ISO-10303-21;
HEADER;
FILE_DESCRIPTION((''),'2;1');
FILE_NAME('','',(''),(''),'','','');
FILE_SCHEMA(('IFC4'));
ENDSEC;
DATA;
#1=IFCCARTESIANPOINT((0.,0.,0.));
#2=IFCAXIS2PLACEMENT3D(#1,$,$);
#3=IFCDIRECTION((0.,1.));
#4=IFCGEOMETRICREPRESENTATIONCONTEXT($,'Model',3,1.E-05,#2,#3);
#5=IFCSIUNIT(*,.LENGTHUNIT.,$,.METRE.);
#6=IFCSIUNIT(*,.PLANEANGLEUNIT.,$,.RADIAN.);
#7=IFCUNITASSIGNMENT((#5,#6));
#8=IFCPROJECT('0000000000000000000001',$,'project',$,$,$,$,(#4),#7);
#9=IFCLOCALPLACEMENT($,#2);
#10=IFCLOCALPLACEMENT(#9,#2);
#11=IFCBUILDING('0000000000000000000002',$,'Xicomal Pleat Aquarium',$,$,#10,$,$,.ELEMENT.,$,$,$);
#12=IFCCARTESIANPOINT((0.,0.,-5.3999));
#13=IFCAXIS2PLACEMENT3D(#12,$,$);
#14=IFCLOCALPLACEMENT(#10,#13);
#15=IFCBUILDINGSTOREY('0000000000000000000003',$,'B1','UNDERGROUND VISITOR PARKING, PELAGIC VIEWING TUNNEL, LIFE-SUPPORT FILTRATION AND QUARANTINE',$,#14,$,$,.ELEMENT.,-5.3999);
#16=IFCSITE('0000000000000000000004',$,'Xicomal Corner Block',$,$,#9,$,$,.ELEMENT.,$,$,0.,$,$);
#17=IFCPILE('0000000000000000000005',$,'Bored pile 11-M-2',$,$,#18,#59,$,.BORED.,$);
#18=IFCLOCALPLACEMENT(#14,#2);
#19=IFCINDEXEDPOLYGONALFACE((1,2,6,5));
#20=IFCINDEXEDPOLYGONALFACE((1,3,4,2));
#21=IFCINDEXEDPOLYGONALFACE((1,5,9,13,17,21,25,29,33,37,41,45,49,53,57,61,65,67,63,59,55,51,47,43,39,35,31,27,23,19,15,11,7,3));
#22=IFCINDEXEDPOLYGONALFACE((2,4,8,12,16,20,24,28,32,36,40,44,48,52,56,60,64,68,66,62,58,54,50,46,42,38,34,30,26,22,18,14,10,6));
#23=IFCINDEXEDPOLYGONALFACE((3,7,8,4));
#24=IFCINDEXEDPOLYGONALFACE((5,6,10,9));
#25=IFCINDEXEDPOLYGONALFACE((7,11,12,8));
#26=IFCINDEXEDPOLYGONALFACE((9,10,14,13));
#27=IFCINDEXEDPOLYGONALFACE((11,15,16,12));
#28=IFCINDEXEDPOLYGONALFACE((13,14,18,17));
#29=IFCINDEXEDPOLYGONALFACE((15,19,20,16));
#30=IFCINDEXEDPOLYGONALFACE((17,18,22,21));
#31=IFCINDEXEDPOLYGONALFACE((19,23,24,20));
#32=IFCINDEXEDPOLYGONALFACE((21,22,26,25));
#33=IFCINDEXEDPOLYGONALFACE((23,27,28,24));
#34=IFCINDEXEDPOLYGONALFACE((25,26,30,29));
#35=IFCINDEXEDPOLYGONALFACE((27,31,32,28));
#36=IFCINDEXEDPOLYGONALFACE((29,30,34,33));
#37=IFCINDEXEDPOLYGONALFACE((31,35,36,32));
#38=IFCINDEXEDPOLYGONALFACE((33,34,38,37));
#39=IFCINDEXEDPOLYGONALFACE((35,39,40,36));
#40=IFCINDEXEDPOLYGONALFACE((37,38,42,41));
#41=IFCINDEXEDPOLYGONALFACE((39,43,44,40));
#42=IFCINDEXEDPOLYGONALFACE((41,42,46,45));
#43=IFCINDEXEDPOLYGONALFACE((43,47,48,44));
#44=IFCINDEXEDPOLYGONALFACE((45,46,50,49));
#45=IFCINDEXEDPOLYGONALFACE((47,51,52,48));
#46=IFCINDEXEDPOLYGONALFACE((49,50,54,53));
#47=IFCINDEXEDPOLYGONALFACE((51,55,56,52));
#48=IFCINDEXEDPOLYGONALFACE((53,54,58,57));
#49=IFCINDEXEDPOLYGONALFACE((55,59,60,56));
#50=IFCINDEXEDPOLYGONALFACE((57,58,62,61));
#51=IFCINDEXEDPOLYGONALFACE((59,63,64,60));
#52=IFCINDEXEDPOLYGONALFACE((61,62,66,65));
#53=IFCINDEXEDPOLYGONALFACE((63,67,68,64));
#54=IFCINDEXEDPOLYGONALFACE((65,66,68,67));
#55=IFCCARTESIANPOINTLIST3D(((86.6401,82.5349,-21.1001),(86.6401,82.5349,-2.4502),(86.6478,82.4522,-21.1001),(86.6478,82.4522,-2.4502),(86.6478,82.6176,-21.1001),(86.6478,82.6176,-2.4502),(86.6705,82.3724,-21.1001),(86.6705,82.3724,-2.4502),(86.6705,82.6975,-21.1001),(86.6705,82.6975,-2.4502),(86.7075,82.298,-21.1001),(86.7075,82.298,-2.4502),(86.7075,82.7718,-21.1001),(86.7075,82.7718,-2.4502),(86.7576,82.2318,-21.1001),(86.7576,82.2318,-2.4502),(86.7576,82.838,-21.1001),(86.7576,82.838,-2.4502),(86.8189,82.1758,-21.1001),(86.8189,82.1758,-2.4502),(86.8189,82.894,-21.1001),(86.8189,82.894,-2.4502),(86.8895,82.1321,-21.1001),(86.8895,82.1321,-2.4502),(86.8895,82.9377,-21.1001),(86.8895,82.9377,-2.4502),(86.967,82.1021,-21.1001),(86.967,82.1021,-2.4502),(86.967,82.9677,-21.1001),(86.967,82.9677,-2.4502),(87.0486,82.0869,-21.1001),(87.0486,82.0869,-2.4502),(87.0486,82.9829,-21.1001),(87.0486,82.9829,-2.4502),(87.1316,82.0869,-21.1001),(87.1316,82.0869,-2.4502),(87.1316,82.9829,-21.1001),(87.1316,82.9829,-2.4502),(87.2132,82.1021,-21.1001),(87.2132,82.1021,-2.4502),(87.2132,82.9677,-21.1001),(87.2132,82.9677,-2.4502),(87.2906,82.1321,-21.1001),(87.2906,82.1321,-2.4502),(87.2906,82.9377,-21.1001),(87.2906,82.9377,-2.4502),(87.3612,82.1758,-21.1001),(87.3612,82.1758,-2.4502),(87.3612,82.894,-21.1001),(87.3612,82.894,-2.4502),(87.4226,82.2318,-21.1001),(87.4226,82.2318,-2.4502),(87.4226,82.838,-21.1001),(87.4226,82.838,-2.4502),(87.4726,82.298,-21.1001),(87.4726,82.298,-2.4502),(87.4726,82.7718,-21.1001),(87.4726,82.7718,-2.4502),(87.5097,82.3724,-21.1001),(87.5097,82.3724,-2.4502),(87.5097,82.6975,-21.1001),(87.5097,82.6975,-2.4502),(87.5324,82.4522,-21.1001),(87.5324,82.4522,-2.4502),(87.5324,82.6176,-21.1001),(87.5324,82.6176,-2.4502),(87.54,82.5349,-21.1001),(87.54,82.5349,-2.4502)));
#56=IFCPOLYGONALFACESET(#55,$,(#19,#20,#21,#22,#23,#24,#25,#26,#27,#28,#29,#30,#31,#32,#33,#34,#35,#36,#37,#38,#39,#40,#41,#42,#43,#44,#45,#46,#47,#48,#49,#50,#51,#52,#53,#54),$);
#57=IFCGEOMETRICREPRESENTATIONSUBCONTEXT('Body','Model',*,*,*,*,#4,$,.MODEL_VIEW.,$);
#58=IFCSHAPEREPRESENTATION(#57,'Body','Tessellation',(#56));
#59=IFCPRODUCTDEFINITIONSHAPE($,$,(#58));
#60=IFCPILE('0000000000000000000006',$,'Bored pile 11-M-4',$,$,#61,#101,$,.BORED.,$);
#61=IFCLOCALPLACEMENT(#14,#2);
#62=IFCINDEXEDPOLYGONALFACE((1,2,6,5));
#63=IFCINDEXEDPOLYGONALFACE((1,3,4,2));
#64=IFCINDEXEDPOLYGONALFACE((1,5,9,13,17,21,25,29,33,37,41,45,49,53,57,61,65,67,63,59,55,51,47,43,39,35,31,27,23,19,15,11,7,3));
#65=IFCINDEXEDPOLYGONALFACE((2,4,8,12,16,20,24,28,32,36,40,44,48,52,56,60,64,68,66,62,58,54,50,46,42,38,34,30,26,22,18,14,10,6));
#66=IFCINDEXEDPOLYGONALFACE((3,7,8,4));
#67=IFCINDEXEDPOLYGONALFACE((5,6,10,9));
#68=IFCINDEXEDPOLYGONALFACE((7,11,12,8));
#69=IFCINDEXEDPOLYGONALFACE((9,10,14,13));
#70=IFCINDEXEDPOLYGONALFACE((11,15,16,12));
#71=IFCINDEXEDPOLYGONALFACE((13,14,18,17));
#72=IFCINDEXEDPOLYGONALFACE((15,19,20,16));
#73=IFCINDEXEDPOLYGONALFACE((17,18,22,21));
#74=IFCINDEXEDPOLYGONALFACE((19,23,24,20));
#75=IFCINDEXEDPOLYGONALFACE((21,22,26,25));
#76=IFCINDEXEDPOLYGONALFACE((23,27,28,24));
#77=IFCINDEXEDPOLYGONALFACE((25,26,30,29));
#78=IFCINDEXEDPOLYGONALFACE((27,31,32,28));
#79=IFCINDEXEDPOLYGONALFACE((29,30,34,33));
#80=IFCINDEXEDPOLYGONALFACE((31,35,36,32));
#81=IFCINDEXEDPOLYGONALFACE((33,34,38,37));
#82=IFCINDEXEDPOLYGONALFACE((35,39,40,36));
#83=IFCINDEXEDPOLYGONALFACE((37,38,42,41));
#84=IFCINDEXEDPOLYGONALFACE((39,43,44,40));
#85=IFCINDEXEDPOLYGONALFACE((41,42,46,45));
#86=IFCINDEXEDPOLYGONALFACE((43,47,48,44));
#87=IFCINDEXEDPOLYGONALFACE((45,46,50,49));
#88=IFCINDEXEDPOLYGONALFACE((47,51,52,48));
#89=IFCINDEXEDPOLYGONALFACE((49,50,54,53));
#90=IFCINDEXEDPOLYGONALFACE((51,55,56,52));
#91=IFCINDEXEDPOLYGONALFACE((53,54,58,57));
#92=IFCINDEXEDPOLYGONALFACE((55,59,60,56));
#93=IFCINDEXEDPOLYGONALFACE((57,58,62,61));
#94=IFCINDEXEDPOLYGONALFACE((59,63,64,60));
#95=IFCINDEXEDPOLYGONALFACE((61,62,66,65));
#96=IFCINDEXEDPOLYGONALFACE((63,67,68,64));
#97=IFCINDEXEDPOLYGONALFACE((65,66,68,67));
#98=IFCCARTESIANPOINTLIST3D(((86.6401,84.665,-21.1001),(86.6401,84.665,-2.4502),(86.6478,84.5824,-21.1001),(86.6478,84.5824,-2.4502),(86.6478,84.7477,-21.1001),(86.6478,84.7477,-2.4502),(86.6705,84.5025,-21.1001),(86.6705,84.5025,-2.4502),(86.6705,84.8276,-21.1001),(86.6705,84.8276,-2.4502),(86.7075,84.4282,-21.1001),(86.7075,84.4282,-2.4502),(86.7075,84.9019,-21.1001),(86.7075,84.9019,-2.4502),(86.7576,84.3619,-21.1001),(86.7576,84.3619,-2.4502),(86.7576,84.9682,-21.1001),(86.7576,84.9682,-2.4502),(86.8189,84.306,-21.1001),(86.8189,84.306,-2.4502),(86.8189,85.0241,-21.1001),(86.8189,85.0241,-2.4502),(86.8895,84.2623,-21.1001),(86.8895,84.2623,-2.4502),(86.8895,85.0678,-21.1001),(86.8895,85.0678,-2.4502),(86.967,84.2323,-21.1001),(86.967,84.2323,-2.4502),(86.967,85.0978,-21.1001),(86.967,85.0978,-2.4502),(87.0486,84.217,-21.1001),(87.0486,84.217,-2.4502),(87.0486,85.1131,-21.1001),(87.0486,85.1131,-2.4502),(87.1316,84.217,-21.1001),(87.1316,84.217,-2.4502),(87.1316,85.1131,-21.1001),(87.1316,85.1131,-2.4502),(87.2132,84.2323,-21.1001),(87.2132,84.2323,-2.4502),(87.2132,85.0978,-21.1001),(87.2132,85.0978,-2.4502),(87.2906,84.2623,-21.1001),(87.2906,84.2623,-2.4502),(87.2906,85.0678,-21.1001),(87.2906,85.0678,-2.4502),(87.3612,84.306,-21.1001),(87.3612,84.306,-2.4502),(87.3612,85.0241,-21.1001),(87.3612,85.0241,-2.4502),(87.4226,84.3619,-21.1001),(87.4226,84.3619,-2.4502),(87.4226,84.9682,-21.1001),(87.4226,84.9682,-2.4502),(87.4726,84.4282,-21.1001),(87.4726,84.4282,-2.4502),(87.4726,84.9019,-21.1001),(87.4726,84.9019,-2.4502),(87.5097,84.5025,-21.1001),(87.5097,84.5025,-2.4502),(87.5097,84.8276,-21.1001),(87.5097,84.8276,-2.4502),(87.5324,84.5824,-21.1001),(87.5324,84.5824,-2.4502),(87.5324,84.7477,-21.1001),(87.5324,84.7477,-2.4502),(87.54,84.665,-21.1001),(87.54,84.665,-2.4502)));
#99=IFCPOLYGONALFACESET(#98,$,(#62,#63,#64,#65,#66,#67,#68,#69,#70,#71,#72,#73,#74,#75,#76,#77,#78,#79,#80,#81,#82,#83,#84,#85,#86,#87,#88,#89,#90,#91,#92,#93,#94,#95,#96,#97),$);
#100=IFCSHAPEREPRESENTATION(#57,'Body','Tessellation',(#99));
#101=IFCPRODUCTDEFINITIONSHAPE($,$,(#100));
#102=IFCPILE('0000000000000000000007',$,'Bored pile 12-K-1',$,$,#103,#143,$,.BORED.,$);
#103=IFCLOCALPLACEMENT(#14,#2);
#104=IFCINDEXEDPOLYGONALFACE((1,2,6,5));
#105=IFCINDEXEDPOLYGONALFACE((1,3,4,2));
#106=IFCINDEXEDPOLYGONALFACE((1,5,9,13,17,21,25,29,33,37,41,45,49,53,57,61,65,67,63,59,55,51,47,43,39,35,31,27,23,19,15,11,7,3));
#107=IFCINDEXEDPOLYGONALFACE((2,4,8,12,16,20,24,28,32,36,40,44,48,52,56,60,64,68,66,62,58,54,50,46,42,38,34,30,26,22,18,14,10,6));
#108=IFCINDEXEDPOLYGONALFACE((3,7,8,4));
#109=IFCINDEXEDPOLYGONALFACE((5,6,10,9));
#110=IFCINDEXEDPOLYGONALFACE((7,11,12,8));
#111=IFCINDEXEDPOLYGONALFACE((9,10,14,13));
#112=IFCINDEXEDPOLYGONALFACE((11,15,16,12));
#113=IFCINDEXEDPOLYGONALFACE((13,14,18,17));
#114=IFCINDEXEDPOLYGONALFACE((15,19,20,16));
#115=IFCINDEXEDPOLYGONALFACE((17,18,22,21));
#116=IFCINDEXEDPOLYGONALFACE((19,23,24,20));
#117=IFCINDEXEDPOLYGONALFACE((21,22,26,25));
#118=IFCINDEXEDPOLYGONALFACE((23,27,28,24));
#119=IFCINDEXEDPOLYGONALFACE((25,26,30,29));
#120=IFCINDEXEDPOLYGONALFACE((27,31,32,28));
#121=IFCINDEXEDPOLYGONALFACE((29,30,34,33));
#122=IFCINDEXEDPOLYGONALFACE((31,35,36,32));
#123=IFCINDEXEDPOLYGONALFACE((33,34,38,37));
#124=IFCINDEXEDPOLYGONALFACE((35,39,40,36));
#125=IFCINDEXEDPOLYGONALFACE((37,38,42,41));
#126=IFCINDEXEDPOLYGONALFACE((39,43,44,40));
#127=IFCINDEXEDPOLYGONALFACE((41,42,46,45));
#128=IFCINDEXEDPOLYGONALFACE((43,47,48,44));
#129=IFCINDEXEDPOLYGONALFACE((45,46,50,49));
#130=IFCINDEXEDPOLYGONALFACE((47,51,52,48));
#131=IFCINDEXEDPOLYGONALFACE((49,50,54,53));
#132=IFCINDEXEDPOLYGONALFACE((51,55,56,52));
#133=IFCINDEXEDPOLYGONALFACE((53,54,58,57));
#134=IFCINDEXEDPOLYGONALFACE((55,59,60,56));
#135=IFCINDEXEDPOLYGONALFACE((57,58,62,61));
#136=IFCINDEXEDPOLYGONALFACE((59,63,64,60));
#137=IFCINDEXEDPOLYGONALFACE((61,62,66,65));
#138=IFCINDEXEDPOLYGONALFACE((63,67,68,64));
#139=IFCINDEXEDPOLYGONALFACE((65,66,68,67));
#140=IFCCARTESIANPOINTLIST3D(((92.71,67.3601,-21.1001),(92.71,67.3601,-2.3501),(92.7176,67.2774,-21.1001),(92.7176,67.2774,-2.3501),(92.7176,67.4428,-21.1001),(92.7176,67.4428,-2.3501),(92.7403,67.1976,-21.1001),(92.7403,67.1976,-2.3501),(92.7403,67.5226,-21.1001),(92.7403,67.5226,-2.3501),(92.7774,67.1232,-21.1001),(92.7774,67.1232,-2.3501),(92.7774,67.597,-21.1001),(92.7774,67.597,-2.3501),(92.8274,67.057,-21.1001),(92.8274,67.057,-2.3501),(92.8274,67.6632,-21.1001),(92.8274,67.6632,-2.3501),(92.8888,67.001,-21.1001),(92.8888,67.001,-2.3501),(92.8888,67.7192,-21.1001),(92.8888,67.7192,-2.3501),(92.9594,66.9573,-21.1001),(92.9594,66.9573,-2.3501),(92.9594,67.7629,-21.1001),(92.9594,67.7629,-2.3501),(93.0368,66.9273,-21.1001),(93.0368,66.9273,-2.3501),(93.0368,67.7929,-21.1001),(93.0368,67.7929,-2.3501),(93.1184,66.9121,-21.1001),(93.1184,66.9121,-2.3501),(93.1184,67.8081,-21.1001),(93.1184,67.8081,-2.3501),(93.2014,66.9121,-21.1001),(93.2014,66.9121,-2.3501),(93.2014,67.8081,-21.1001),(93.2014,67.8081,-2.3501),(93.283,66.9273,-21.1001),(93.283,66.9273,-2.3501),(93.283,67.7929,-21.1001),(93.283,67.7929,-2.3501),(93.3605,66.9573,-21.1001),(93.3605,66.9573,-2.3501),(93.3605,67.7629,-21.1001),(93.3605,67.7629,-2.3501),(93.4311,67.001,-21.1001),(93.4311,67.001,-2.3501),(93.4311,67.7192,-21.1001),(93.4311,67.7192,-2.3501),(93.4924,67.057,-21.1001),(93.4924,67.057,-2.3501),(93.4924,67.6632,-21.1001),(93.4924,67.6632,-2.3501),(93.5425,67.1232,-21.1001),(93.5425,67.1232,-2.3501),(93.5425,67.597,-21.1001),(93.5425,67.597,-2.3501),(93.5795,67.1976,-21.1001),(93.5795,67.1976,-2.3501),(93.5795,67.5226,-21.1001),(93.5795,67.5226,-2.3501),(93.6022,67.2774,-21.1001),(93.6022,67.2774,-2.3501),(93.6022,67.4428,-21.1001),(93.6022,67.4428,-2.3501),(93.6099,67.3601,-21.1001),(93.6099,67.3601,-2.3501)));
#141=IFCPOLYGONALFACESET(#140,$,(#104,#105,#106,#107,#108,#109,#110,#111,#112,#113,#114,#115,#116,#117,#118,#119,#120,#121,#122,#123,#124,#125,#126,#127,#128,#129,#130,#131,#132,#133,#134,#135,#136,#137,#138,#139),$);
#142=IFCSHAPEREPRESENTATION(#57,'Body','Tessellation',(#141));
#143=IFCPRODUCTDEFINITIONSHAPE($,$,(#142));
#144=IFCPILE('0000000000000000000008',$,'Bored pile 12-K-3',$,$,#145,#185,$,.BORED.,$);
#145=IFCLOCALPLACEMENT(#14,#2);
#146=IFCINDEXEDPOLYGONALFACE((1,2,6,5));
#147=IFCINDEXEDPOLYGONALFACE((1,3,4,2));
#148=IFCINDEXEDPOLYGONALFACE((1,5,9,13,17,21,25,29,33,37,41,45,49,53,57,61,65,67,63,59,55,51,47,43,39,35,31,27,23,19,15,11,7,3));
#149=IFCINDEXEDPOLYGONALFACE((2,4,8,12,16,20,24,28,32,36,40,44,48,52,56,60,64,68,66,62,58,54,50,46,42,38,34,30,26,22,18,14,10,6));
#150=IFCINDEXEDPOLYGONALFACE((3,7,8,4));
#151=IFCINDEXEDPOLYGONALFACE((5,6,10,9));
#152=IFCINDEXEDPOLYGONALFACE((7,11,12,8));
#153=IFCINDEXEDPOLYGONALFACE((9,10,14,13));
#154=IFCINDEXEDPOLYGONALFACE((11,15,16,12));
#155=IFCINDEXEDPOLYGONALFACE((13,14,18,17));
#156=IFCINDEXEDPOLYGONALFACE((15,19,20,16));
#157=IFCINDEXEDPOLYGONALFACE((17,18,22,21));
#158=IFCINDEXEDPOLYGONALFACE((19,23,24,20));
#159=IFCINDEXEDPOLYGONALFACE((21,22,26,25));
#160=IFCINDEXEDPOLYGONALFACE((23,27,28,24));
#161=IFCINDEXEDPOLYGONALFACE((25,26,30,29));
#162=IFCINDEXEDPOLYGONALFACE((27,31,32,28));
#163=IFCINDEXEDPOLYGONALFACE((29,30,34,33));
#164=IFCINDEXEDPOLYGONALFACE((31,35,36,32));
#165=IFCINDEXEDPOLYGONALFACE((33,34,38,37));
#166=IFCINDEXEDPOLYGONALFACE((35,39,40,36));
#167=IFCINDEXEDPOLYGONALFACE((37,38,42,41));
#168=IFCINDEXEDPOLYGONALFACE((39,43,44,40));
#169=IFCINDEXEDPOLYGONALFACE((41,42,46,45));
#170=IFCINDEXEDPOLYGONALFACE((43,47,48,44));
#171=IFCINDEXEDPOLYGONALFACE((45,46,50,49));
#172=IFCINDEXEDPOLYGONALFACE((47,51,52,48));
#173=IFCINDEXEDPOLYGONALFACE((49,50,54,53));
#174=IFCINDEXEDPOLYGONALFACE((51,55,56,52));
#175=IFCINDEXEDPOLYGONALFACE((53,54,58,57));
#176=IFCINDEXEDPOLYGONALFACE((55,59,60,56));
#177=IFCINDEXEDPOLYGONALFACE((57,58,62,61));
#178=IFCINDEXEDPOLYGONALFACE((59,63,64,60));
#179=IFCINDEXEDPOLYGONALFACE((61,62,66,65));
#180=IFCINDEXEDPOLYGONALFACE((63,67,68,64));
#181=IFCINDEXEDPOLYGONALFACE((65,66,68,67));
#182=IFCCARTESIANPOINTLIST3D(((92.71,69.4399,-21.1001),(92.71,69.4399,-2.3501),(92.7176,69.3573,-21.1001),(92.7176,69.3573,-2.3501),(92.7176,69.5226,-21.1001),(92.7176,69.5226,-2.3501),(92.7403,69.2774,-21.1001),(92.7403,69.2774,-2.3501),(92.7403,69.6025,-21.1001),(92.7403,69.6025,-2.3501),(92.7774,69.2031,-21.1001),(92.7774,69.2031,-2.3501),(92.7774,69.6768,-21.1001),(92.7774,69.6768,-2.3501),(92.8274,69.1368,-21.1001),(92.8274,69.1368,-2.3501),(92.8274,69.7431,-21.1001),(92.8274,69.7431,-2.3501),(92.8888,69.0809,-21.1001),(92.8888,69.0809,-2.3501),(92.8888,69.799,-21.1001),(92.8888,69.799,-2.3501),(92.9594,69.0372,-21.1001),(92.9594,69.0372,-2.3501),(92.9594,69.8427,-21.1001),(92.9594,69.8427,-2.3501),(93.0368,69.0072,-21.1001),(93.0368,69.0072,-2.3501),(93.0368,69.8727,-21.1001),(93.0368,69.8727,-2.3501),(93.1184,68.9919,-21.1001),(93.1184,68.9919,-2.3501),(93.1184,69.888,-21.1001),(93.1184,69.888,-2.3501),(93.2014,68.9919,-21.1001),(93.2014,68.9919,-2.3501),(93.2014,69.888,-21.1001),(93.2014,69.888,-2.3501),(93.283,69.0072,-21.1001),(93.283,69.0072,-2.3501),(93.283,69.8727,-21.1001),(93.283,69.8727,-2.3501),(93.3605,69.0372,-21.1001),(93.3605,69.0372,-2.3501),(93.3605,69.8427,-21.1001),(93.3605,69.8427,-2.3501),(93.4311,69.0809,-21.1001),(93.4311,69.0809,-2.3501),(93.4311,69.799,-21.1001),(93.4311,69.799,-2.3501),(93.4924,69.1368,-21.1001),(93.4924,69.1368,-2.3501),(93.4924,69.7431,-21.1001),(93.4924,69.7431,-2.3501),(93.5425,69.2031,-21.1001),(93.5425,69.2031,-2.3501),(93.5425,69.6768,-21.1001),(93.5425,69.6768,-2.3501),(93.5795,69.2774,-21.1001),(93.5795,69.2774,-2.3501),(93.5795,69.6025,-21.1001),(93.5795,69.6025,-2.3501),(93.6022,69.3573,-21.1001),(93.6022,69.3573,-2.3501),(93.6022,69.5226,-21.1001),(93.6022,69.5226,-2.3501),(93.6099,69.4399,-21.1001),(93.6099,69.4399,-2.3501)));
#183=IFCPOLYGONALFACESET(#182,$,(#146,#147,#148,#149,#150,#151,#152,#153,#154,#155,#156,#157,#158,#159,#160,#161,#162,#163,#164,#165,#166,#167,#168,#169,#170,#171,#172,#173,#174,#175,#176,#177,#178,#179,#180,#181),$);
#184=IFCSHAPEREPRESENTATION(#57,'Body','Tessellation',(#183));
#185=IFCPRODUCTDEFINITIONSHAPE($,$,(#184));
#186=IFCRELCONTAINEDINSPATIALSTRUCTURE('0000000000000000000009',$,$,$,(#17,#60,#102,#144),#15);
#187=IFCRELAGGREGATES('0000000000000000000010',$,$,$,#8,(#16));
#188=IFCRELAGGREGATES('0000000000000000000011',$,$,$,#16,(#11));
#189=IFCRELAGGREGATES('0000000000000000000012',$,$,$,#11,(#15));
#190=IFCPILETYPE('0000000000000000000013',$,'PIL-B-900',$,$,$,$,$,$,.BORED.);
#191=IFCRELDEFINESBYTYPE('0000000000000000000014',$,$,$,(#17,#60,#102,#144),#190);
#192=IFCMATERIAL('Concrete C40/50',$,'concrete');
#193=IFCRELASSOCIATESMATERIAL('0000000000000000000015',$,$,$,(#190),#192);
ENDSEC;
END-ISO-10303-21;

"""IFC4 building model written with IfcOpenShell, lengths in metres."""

from ifc_helpers import new_model, si_unit, direction, frame, origin, origin_2d, place, context, subcontext, project, spatial, circle, extrude, material, material_profile, profile_set, type_object, element, save


model = new_model("IFC4")

# Units and contexts
model_context = context("Model", 3, precision=1e-05, world=origin(), true_north=direction((0.0, 1.0)))
body_context = subcontext(model_context, "Body", "Model", "MODEL_VIEW")
ifc_project = project(units=[si_unit("LENGTHUNIT", "METRE"), si_unit("PLANEANGLEUNIT", "RADIAN")], contexts=[model_context])

# Site, building, storey
site_placement = place(None, origin())
site = spatial("IfcSite", under=ifc_project, at=site_placement, Name="Xicomal Corner Block", CompositionType="ELEMENT", RefElevation=0.0)
building_placement = place(site_placement, origin())
building = spatial("IfcBuilding", under=site, at=building_placement, Name="Xicomal Pleat Aquarium", CompositionType="ELEMENT")
storey_placement = place(building_placement, frame((0.0, 0.0, -5.3999)))
storey = spatial("IfcBuildingStorey", under=building, at=storey_placement, Name="B1", Description="UNDERGROUND VISITOR PARKING, PELAGIC VIEWING TUNNEL, LIFE-SUPPORT FILTRATION AND QUARANTINE", CompositionType="ELEMENT", Elevation=-5.3999)

# Piles
ifc_material_1 = material(Name="Concrete C40/50", Category="concrete")
ifc_material_profile_1 = material_profile(ifc_material_1, circle(Radius=0.45, at=origin_2d()), Name="BORED PILE D900")
ifc_profile_set_1 = profile_set([ifc_material_profile_1], Name="Concrete C40/50")
pile_type_1 = type_object("IfcPileType", Name="PIL-B-900", PredefinedType="BORED", material=ifc_profile_set_1)
for number, where, z_axis, x_axis, name in (
    (1, (87.0901, 82.5349, -2.4502), (0.0, 0.0, -1.0), (1.0, 0.0, 0.0), "Bored pile 11-M-2"),
    (2, (87.0901, 84.665, -2.4502), (0.0, 0.0, -1.0), (1.0, 0.0, 0.0), "Bored pile 11-M-4"),
):
    element("IfcPile", number, at=place(storey_placement, frame(where, z_axis=z_axis, x_axis=x_axis)), inside=storey, type_object=pile_type_1, Name=name, PredefinedType="BORED", context=body_context, shape_type="SweptSolid", body=[
        extrude(circle(Radius=0.45, at=origin_2d()), origin(), (0.0, 0.0, 1.0), 18.6499),
    ])
for number, where, z_axis, x_axis, name in (
    (3, (93.1599, 67.3601, -2.3501), (0.0, 0.0, -1.0), (1.0, 0.0, 0.0), "Bored pile 12-K-1"),
    (4, (93.1599, 69.4399, -2.3501), (0.0, 0.0, -1.0), (1.0, 0.0, 0.0), "Bored pile 12-K-3"),
):
    element("IfcPile", number, at=place(storey_placement, frame(where, z_axis=z_axis, x_axis=x_axis)), inside=storey, type_object=pile_type_1, Name=name, PredefinedType="BORED", context=body_context, shape_type="SweptSolid", body=[
        extrude(circle(Radius=0.45, at=origin_2d()), origin(), (0.0, 0.0, 1.0), 18.75),
    ])

save(model, "model.ifc")
